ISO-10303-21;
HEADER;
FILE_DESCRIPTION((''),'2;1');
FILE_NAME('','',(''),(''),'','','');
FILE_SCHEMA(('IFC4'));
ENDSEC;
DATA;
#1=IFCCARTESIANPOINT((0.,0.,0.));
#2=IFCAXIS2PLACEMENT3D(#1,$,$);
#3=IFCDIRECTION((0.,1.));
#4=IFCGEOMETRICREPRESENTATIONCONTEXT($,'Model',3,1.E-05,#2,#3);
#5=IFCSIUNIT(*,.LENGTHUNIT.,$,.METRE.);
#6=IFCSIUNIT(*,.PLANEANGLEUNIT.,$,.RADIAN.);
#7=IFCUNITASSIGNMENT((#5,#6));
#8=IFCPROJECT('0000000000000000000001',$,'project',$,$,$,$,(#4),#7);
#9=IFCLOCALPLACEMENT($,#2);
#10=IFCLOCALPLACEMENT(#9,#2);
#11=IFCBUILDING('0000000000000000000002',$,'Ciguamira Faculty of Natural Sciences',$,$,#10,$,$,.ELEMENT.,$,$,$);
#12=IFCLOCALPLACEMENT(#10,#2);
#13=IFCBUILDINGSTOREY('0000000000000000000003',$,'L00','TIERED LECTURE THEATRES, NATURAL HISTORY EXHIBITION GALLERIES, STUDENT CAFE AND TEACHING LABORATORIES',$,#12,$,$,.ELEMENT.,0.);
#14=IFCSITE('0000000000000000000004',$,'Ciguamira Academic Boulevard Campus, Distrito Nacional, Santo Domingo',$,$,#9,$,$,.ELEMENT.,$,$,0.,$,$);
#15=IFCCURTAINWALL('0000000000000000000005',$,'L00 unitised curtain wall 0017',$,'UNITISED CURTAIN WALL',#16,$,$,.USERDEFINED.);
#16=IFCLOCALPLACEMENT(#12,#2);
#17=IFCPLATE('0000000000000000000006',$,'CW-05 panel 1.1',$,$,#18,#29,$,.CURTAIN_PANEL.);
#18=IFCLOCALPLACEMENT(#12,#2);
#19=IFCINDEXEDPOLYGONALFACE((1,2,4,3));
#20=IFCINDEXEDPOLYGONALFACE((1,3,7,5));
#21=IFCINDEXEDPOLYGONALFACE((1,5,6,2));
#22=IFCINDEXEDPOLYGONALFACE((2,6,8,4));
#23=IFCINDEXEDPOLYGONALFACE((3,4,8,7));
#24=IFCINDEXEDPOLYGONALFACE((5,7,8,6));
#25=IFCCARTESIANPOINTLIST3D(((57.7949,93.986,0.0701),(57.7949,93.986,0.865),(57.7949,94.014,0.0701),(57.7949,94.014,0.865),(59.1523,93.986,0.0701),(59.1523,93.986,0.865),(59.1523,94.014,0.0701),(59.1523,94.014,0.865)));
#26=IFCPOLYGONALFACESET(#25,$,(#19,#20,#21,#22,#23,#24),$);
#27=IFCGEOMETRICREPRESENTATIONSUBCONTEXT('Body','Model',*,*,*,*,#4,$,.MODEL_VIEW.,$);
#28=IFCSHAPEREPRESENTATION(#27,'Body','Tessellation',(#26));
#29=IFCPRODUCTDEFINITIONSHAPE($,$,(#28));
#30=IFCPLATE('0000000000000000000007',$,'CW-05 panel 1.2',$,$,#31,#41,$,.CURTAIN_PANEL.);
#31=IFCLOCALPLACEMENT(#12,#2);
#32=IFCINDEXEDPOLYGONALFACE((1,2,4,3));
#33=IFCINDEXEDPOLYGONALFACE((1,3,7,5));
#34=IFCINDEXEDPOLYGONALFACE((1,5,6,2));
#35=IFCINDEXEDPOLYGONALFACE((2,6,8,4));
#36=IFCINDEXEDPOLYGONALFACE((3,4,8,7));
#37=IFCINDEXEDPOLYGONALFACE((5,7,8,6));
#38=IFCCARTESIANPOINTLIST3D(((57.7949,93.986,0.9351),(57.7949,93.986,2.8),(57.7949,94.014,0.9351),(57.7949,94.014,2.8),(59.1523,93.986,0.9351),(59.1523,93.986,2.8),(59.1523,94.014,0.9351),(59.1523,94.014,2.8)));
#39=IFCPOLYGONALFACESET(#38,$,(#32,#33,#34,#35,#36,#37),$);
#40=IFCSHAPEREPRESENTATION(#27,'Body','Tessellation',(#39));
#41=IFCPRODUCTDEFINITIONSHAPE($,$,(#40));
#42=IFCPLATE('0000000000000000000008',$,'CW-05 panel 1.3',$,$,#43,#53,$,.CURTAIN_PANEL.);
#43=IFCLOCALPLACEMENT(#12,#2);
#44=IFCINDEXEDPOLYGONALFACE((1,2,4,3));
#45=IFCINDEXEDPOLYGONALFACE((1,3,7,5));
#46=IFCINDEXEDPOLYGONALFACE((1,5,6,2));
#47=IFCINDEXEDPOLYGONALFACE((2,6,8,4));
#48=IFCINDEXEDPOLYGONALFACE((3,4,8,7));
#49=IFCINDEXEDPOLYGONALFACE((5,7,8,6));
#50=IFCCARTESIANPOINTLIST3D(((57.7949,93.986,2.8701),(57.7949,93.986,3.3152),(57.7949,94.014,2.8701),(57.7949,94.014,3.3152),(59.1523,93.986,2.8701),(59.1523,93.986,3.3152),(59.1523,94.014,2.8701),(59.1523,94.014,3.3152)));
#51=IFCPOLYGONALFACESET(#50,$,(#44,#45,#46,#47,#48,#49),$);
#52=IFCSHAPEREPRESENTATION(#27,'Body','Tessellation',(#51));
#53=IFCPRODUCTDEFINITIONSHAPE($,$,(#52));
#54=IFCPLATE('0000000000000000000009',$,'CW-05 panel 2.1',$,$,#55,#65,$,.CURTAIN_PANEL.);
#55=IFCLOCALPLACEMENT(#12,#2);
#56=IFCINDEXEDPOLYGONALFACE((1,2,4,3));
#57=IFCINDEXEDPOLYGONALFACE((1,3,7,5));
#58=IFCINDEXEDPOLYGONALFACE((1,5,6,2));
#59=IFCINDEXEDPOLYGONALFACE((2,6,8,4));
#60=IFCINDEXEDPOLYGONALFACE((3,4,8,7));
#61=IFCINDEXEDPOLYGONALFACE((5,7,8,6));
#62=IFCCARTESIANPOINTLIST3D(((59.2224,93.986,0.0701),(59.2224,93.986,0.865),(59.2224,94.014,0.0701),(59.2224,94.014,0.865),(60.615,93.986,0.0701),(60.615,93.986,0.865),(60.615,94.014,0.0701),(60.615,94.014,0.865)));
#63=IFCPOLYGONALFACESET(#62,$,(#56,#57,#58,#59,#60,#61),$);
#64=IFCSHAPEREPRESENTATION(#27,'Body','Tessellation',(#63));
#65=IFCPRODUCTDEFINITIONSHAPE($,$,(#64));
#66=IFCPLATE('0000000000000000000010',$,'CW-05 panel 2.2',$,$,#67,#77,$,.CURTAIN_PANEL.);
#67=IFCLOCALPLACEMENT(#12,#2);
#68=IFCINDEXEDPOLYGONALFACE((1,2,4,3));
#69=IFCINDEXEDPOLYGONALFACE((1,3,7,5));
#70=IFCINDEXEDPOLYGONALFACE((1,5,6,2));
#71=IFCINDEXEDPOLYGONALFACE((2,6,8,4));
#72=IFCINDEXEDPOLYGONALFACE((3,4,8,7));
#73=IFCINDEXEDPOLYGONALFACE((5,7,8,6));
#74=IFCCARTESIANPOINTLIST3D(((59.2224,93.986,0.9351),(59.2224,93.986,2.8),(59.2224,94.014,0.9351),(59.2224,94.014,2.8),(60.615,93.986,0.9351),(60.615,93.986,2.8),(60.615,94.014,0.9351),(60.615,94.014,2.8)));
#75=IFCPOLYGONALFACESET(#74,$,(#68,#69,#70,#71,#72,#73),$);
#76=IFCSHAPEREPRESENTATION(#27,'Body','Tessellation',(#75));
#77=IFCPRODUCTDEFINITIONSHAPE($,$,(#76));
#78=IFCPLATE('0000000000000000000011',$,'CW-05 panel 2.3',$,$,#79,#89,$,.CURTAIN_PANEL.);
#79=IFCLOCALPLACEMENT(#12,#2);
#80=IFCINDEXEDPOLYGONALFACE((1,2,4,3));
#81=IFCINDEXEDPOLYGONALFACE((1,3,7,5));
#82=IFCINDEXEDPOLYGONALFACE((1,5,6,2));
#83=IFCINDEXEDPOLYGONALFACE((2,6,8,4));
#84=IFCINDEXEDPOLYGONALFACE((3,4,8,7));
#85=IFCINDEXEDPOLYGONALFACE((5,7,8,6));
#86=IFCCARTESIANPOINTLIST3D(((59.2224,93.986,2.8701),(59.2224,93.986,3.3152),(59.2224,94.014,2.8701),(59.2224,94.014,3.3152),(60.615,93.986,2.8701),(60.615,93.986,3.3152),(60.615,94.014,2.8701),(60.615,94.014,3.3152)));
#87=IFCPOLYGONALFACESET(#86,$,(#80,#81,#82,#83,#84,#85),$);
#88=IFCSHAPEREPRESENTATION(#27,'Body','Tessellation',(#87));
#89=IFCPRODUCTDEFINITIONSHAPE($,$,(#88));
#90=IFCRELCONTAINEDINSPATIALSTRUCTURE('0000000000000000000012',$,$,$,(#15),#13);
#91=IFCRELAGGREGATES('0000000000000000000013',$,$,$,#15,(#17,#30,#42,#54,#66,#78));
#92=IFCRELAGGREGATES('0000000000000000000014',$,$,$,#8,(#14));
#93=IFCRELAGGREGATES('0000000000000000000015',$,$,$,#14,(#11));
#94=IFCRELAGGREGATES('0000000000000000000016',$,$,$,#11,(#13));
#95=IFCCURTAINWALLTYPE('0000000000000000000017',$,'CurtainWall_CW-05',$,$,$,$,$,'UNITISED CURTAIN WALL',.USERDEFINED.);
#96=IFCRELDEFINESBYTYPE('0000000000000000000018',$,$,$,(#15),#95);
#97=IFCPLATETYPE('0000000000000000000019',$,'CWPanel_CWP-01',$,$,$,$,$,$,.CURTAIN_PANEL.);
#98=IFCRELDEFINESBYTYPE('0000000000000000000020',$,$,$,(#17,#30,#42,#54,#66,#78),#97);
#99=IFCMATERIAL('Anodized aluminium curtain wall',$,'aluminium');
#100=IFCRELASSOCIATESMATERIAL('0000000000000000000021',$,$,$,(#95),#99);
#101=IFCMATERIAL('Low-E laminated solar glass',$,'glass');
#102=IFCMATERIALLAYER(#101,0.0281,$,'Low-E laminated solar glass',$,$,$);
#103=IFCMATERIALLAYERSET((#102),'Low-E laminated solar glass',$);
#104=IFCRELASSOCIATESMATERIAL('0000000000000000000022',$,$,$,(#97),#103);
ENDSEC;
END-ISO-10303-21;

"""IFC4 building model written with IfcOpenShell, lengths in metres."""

from ifc_helpers import new_model, si_unit, direction, frame, origin, origin_2d, place, context, subcontext, project, spatial, rectangle, extrude, material, layer, layer_set, type_object, element, aggregate, save


model = new_model("IFC4")

# Units and contexts
model_context = context("Model", 3, precision=1e-05, world=origin(), true_north=direction((0.0, 1.0)))
body_context = subcontext(model_context, "Body", "Model", "MODEL_VIEW")
ifc_project = project(units=[si_unit("LENGTHUNIT", "METRE"), si_unit("PLANEANGLEUNIT", "RADIAN")], contexts=[model_context])

# Site, building, storey
site_placement = place(None, origin())
site = spatial("IfcSite", under=ifc_project, at=site_placement, Name="Ciguamira Academic Boulevard Campus, Distrito Nacional, Santo Domingo", CompositionType="ELEMENT", RefElevation=0.0)
building_placement = place(site_placement, origin())
building = spatial("IfcBuilding", under=site, at=building_placement, Name="Ciguamira Faculty of Natural Sciences", CompositionType="ELEMENT")
storey_placement = place(building_placement, origin())
storey = spatial("IfcBuildingStorey", under=building, at=storey_placement, Name="L00", Description="TIERED LECTURE THEATRES, NATURAL HISTORY EXHIBITION GALLERIES, STUDENT CAFE AND TEACHING LABORATORIES", CompositionType="ELEMENT", Elevation=0.0)

# Curtain wall, plates
ifc_material_1 = material(Name="Anodized aluminium curtain wall", Category="aluminium")
curtain_wall_type = type_object("IfcCurtainWallType", Name="CurtainWall_CW-05", ElementType="UNITISED CURTAIN WALL", PredefinedType="USERDEFINED", material=ifc_material_1)
curtain_wall_placement = place(storey_placement, origin())
curtain_wall = element("IfcCurtainWall", 1, at=curtain_wall_placement, inside=storey, type_object=curtain_wall_type, Name="L00 unitised curtain wall 0017", ObjectType="UNITISED CURTAIN WALL", PredefinedType="USERDEFINED")
ifc_material_2 = material(Name="Low-E laminated solar glass", Category="glass")
ifc_layer = layer(ifc_material_2, 0.0281, Name="Low-E laminated solar glass")
ifc_layer_set = layer_set([ifc_layer], Name="Low-E laminated solar glass")
plate_type = type_object("IfcPlateType", Name="CWPanel_CWP-01", PredefinedType="CURTAIN_PANEL", material=ifc_layer_set)
plate_1_placement = place(storey_placement, frame((58.4736, 94.0, 0.0701), z_axis=(0.0, 0.0, 1.0), x_axis=(1.0, 0.0, 0.0)))
plate_1 = element("IfcPlate", 2, at=plate_1_placement, type_object=plate_type, Name="CW-05 panel 1.1", PredefinedType="CURTAIN_PANEL", context=body_context, shape_type="SweptSolid", body=[
    extrude(rectangle(XDim=1.3574, YDim=0.0281, at=origin_2d()), origin(), (0.0, 0.0, 1.0), 0.7949),
])
plate_2_placement = place(storey_placement, frame((58.4736, 94.0, 0.9351), z_axis=(0.0, 0.0, 1.0), x_axis=(1.0, 0.0, 0.0)))
plate_2 = element("IfcPlate", 3, at=plate_2_placement, type_object=plate_type, Name="CW-05 panel 1.2", PredefinedType="CURTAIN_PANEL", context=body_context, shape_type="SweptSolid", body=[
    extrude(rectangle(XDim=1.3574, YDim=0.0281, at=origin_2d()), origin(), (0.0, 0.0, 1.0), 1.865),
])
plate_3_placement = place(storey_placement, frame((58.4736, 94.0, 2.8701), z_axis=(0.0, 0.0, 1.0), x_axis=(1.0, 0.0, 0.0)))
plate_3 = element("IfcPlate", 4, at=plate_3_placement, type_object=plate_type, Name="CW-05 panel 1.3", PredefinedType="CURTAIN_PANEL", context=body_context, shape_type="SweptSolid", body=[
    extrude(rectangle(XDim=1.3574, YDim=0.0281, at=origin_2d()), origin(), (0.0, 0.0, 1.0), 0.4451),
])
plate_4_placement = place(storey_placement, frame((59.9187, 94.0, 0.0701), z_axis=(0.0, 0.0, 1.0), x_axis=(1.0, 0.0, 0.0)))
plate_4 = element("IfcPlate", 5, at=plate_4_placement, type_object=plate_type, Name="CW-05 panel 2.1", PredefinedType="CURTAIN_PANEL", context=body_context, shape_type="SweptSolid", body=[
    extrude(rectangle(XDim=1.3926, YDim=0.0281, at=origin_2d()), origin(), (0.0, 0.0, 1.0), 0.7949),
])
plate_5_placement = place(storey_placement, frame((59.9187, 94.0, 0.9351), z_axis=(0.0, 0.0, 1.0), x_axis=(1.0, 0.0, 0.0)))
plate_5 = element("IfcPlate", 6, at=plate_5_placement, type_object=plate_type, Name="CW-05 panel 2.2", PredefinedType="CURTAIN_PANEL", context=body_context, shape_type="SweptSolid", body=[
    extrude(rectangle(XDim=1.3926, YDim=0.0281, at=origin_2d()), origin(), (0.0, 0.0, 1.0), 1.865),
])
plate_6_placement = place(storey_placement, frame((59.9187, 94.0, 2.8701), z_axis=(0.0, 0.0, 1.0), x_axis=(1.0, 0.0, 0.0)))
plate_6 = element("IfcPlate", 7, at=plate_6_placement, type_object=plate_type, Name="CW-05 panel 2.3", PredefinedType="CURTAIN_PANEL", context=body_context, shape_type="SweptSolid", body=[
    extrude(rectangle(XDim=1.3926, YDim=0.0281, at=origin_2d()), origin(), (0.0, 0.0, 1.0), 0.4451),
])
aggregate(curtain_wall, [plate_1, plate_2, plate_3, plate_4, plate_5, plate_6])

save(model, "model.ifc")
